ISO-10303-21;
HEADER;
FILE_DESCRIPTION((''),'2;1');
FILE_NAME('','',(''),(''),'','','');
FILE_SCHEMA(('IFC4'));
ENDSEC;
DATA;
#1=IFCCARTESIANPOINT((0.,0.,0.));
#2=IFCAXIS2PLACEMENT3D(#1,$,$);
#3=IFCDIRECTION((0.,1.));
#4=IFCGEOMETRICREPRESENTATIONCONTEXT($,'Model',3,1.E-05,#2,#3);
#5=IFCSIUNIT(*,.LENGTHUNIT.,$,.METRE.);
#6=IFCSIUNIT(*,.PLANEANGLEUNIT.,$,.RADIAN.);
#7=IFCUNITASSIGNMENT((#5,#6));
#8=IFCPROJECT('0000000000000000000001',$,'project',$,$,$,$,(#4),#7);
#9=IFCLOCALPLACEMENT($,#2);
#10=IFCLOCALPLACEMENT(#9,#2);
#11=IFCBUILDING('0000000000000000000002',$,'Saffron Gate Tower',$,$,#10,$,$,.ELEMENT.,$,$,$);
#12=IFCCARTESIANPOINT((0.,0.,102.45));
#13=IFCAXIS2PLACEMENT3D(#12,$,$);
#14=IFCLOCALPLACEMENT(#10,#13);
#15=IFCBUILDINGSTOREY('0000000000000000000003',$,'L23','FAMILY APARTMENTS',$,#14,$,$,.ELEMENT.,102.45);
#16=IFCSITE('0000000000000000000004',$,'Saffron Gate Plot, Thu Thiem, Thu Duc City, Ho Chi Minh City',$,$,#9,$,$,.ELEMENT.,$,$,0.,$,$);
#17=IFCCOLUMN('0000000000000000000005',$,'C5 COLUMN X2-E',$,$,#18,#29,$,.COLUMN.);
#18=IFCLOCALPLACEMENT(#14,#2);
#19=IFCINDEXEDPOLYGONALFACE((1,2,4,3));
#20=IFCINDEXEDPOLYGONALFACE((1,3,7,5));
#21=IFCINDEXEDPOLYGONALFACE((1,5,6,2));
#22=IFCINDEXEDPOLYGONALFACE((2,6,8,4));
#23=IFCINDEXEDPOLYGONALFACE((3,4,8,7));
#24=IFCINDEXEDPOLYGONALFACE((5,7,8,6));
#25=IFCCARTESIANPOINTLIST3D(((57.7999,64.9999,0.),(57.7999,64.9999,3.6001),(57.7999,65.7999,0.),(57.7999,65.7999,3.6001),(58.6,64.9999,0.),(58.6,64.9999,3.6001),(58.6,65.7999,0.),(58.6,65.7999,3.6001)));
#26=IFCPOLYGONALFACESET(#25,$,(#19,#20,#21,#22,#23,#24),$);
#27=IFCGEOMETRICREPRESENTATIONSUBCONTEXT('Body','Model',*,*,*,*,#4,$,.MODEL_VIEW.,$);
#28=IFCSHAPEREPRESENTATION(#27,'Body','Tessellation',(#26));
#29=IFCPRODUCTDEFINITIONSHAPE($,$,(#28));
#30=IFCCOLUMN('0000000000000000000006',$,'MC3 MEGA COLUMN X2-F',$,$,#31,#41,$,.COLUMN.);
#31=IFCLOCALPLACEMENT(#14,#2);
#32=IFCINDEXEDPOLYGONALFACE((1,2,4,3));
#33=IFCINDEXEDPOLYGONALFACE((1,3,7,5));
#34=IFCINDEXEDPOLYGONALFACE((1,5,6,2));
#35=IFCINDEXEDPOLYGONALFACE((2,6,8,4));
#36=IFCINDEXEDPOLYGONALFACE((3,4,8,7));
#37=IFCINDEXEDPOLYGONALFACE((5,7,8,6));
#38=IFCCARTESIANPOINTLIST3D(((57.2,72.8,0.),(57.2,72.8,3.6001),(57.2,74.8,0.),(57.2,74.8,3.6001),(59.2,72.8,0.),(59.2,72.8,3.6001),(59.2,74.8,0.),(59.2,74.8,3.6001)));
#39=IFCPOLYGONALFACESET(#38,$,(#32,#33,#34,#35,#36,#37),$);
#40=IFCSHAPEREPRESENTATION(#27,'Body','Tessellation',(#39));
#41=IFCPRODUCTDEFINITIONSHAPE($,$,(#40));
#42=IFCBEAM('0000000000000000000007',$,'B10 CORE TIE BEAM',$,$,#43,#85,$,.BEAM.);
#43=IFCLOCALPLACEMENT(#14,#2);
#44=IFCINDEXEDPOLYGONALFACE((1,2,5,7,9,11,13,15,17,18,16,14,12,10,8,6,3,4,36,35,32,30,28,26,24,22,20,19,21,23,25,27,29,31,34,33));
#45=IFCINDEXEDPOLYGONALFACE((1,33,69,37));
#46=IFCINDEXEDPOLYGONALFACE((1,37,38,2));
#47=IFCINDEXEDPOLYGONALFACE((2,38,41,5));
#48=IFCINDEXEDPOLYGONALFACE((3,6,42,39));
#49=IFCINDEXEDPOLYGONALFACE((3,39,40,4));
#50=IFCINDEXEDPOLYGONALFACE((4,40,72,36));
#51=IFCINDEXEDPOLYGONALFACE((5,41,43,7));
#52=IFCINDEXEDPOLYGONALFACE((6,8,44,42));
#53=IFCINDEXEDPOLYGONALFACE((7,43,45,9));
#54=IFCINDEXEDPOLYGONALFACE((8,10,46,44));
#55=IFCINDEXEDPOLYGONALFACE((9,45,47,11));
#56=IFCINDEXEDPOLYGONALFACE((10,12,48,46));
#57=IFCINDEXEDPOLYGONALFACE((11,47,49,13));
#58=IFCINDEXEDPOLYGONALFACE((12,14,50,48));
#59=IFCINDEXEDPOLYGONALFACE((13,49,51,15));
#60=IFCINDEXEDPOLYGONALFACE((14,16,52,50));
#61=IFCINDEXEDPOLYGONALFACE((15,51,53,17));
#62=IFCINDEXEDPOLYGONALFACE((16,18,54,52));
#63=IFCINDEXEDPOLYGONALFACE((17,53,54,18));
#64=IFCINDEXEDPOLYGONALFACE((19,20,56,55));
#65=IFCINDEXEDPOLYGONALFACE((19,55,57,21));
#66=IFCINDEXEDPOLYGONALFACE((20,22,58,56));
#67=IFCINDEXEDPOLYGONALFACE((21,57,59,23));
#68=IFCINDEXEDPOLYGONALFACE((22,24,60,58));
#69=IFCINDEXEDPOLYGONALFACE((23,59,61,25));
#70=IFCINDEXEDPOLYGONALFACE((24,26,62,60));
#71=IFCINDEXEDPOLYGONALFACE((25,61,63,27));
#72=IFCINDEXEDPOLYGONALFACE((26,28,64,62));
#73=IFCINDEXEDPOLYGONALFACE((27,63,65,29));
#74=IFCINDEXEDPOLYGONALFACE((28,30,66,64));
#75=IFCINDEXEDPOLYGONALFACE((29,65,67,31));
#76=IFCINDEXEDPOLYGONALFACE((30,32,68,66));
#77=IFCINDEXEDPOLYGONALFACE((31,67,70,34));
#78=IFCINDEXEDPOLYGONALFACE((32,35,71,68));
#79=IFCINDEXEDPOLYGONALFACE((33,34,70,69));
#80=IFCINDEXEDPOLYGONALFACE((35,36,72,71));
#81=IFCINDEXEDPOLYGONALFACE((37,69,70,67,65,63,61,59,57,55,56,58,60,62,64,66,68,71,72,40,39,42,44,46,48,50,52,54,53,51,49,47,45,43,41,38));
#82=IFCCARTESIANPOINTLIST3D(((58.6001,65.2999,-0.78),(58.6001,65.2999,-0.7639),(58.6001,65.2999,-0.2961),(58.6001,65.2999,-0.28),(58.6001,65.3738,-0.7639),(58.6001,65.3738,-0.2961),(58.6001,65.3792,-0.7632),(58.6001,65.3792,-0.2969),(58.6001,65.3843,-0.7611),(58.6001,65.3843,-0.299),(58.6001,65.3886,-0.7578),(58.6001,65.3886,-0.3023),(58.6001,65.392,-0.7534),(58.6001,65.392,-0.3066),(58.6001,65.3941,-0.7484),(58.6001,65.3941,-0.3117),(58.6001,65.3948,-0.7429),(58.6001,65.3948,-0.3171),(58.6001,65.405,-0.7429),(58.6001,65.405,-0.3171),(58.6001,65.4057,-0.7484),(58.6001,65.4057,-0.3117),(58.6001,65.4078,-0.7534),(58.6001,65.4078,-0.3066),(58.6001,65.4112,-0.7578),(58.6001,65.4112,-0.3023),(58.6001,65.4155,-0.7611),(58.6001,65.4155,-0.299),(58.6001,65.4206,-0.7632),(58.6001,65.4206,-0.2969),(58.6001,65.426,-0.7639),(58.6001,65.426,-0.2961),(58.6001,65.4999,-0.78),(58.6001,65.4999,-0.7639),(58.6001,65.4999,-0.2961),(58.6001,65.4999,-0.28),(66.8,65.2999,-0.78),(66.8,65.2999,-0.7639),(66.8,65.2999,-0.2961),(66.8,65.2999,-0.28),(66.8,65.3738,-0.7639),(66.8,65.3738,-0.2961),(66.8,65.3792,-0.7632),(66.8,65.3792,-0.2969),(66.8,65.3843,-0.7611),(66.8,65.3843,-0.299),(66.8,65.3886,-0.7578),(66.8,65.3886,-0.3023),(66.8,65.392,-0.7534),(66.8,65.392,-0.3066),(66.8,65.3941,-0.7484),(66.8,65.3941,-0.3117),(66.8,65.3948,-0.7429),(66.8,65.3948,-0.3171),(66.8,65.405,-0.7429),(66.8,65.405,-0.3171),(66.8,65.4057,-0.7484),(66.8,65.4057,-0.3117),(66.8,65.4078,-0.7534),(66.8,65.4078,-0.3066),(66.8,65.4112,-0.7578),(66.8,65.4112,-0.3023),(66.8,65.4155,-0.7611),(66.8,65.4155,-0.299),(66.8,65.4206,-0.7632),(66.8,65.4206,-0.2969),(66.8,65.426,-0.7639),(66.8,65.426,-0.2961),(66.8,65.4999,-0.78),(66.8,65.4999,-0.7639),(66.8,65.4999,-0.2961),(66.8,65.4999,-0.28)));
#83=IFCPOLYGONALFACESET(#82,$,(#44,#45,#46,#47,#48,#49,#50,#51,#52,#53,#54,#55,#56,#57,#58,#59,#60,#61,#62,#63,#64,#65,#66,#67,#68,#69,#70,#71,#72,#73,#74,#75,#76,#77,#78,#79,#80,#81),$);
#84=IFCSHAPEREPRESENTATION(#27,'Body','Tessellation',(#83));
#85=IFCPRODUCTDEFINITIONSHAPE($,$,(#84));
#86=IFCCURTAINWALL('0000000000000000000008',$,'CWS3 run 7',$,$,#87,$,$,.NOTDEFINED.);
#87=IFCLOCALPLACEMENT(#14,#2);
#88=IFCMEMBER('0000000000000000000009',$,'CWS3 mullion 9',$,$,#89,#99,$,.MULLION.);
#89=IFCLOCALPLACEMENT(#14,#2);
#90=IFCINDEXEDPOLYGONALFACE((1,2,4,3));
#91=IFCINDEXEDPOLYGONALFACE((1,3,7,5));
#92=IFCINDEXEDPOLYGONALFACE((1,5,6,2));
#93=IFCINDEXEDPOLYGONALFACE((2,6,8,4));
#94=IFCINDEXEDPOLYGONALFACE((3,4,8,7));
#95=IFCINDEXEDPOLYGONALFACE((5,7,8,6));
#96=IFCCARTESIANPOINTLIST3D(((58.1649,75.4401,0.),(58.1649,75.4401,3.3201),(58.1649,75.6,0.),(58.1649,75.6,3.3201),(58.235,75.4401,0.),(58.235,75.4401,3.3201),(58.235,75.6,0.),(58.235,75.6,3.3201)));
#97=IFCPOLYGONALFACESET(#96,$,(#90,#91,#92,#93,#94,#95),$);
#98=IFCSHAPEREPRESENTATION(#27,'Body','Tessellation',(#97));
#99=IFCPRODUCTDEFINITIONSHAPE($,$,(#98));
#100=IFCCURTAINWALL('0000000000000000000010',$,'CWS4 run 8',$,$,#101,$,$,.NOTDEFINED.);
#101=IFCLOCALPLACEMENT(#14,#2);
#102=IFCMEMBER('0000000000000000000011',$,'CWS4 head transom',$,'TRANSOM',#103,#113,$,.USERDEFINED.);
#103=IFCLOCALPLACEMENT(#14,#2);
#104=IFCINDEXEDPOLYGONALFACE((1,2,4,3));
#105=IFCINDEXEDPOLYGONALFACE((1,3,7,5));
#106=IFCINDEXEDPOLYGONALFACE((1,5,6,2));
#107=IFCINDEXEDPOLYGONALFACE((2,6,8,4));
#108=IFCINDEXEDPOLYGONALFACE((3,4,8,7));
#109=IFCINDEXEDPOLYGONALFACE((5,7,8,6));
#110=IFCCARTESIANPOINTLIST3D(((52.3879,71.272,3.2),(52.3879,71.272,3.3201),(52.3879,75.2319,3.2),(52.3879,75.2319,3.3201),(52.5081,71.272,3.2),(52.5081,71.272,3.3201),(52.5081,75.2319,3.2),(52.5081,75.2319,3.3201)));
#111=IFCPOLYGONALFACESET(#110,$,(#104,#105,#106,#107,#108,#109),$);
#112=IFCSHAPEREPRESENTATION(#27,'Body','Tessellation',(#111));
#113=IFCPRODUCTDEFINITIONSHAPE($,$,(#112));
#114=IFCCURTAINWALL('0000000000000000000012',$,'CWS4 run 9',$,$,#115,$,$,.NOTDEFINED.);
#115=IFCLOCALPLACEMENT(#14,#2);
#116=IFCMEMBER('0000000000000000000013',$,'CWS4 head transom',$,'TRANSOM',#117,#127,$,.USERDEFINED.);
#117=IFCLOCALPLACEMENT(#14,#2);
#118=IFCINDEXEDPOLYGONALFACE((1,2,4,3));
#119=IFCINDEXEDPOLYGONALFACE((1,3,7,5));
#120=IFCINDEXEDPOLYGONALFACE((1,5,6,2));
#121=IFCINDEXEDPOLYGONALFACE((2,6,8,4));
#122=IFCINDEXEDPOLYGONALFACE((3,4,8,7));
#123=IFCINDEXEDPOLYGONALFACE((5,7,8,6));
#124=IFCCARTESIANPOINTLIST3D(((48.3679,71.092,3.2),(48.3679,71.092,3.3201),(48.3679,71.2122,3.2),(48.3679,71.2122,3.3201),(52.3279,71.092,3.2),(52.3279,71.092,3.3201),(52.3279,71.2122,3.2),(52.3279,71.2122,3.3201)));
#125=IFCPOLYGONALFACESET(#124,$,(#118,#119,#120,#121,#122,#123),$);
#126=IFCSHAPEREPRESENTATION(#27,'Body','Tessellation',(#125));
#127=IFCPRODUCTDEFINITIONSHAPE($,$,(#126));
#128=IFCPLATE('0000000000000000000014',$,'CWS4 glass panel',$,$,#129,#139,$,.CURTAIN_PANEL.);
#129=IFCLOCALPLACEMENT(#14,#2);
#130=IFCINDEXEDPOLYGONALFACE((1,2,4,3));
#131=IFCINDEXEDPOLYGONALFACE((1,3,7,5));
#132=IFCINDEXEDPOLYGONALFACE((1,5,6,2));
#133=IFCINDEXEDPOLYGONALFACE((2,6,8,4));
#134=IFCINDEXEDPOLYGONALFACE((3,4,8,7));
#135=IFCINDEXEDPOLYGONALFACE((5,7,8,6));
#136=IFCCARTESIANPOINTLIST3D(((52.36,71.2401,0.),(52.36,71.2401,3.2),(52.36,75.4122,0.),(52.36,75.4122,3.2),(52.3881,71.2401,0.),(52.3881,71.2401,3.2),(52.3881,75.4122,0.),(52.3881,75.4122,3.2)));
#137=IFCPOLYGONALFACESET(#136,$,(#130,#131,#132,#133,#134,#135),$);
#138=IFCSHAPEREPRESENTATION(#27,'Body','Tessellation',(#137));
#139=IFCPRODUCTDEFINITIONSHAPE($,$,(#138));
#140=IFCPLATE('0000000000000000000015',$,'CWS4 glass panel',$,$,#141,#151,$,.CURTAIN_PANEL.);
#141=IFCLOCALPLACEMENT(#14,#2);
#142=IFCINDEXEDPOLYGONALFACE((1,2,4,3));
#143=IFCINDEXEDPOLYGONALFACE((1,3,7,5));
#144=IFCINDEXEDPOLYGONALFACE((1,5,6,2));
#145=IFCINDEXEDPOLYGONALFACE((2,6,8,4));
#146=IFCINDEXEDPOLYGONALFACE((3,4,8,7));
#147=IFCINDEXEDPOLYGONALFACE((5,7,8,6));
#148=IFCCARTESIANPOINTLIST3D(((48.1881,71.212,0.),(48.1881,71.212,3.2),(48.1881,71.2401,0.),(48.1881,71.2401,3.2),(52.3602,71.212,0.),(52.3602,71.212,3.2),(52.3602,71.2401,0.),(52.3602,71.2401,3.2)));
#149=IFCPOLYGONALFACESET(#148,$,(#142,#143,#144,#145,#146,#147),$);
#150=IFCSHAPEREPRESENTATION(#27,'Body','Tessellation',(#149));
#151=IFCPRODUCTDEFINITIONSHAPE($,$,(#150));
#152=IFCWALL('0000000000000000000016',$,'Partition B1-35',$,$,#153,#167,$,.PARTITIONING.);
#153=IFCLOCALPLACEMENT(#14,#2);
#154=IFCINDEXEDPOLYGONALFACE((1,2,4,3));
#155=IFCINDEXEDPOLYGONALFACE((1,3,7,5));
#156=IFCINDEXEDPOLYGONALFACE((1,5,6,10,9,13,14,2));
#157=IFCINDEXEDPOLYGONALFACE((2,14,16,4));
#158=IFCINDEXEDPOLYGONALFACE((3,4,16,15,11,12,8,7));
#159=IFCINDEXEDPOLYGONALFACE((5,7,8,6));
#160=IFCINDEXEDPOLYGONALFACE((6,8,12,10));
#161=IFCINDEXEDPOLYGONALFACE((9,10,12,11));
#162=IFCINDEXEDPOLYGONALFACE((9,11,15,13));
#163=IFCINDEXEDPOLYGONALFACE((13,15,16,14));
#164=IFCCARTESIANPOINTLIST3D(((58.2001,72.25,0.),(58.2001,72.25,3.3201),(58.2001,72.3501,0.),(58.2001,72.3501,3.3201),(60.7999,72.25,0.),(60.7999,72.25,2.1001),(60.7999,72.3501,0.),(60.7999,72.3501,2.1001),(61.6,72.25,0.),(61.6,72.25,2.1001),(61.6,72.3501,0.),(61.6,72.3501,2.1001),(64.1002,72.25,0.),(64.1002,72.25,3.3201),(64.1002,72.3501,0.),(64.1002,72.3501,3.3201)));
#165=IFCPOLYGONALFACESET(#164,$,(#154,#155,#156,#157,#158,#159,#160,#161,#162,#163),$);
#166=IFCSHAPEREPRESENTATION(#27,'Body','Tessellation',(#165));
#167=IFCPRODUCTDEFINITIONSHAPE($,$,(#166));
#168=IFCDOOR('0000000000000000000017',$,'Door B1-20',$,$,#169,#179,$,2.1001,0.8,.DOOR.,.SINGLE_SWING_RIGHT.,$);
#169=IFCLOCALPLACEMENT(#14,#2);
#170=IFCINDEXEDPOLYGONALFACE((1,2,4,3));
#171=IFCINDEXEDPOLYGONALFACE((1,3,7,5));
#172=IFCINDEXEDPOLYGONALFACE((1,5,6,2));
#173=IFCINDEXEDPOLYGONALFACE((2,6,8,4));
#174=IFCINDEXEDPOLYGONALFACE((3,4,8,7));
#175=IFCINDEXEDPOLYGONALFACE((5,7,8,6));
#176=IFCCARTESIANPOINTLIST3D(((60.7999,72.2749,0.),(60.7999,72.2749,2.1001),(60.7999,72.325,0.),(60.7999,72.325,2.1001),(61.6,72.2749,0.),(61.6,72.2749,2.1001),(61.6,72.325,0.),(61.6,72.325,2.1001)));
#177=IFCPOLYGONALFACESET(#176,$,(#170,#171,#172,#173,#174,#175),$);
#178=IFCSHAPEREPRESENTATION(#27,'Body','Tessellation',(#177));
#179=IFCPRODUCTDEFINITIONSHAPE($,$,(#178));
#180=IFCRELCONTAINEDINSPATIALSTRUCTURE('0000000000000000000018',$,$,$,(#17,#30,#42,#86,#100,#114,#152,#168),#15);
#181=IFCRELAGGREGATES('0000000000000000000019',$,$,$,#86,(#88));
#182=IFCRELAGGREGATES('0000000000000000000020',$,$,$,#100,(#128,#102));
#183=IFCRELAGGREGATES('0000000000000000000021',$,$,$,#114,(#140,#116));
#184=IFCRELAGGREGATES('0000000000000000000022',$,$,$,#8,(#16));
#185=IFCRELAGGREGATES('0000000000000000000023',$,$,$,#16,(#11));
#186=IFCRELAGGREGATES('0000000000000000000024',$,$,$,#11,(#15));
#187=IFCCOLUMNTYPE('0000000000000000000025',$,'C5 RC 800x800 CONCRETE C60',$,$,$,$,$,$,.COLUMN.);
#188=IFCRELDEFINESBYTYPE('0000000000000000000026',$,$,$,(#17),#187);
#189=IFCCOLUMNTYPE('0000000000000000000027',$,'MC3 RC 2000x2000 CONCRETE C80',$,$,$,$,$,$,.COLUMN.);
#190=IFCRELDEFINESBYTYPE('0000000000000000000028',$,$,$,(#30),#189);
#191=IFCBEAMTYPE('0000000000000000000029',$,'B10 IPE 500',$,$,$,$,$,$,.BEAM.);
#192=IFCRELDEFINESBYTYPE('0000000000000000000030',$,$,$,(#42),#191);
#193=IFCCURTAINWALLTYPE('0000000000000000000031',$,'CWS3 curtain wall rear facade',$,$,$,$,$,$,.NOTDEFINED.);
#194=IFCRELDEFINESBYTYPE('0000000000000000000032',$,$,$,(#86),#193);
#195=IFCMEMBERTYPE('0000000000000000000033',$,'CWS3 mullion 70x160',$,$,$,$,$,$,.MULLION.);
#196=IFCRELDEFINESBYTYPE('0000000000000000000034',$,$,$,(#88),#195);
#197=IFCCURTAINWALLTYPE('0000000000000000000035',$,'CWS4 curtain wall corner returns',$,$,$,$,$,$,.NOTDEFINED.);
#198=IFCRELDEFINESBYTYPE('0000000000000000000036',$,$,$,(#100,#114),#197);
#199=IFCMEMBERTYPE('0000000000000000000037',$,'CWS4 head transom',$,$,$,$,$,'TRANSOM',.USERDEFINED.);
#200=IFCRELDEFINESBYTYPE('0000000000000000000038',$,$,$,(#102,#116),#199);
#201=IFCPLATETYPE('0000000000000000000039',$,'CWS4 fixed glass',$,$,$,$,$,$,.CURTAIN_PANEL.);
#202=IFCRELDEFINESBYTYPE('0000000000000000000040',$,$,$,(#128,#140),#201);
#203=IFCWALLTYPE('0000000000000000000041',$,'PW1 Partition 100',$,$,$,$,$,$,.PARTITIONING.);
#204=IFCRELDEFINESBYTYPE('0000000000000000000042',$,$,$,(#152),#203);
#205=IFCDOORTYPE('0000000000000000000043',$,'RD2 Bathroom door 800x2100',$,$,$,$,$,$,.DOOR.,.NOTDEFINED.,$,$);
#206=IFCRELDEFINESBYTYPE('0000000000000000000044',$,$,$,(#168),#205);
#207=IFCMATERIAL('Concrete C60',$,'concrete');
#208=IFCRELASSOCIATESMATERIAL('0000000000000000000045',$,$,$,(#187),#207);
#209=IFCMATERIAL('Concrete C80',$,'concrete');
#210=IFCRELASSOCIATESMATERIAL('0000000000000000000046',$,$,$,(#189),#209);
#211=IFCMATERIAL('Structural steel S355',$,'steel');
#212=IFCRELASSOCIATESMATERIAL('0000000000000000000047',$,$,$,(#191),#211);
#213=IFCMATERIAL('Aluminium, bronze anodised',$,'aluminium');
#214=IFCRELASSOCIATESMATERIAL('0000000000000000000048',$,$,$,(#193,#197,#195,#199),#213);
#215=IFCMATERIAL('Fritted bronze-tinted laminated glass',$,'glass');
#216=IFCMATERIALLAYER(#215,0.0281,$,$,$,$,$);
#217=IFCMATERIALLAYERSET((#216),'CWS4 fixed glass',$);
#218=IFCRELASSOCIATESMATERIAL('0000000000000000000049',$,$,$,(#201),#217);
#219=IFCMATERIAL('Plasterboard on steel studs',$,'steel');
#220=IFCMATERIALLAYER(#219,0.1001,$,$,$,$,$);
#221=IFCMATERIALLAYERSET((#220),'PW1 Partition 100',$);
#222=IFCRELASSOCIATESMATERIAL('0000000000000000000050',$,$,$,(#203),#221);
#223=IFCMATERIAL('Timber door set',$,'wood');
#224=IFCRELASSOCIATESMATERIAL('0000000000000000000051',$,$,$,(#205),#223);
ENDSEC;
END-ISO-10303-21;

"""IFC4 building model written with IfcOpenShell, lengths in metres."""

from ifc_helpers import new_model, si_unit, direction, frame, frame_2d, origin, origin_2d, place, context, subcontext, project, spatial, rectangle, i_section, extrude, material, layer, layer_set, material_profile, profile_set, type_object, element, fill, aggregate, save


model = new_model("IFC4")

# Units and contexts
model_context = context("Model", 3, precision=1e-05, world=origin(), true_north=direction((0.0, 1.0)))
body_context = subcontext(model_context, "Body", "Model", "MODEL_VIEW")
ifc_project = project(units=[si_unit("LENGTHUNIT", "METRE"), si_unit("PLANEANGLEUNIT", "RADIAN")], contexts=[model_context])

# Site, building, storey
site_placement = place(None, origin())
site = spatial("IfcSite", under=ifc_project, at=site_placement, Name="Saffron Gate Plot, Thu Thiem, Thu Duc City, Ho Chi Minh City", CompositionType="ELEMENT", RefElevation=0.0)
building_placement = place(site_placement, origin())
building = spatial("IfcBuilding", under=site, at=building_placement, Name="Saffron Gate Tower", CompositionType="ELEMENT")
storey_placement = place(building_placement, frame((0.0, 0.0, 102.45)))
storey = spatial("IfcBuildingStorey", under=building, at=storey_placement, Name="L23", Description="FAMILY APARTMENTS", CompositionType="ELEMENT", Elevation=102.45)

# Columns
ifc_material_1 = material(Name="Concrete C60", Category="concrete")
ifc_material_profile_1 = material_profile(ifc_material_1, rectangle(XDim=0.8, YDim=0.8, at=origin_2d()))
ifc_profile_set_1 = profile_set([ifc_material_profile_1], Name="Concrete C60")
column_type_1 = type_object("IfcColumnType", Name="C5 RC 800x800 CONCRETE C60", PredefinedType="COLUMN", material=ifc_profile_set_1)
column_1_placement = place(storey_placement, frame((58.2, 65.3999, 0.0), z_axis=(0.0, 0.0, 1.0), x_axis=(1.0, 0.0, 0.0)))
element("IfcColumn", 1, at=column_1_placement, inside=storey, type_object=column_type_1, Name="C5 COLUMN X2-E", PredefinedType="COLUMN", context=body_context, shape_type="SweptSolid", body=[
    extrude(rectangle(XDim=0.8, YDim=0.8, at=origin_2d()), origin(), (0.0, 0.0, 1.0), 3.6001),
])
ifc_material_2 = material(Name="Concrete C80", Category="concrete")
ifc_material_profile_2 = material_profile(ifc_material_2, rectangle(XDim=2.0, YDim=2.0, at=origin_2d()))
ifc_profile_set_2 = profile_set([ifc_material_profile_2], Name="Concrete C80")
column_type_2 = type_object("IfcColumnType", Name="MC3 RC 2000x2000 CONCRETE C80", PredefinedType="COLUMN", material=ifc_profile_set_2)
column_2_placement = place(storey_placement, frame((58.2, 73.8, 0.0), z_axis=(0.0, 0.0, 1.0), x_axis=(1.0, 0.0, 0.0)))
element("IfcColumn", 2, at=column_2_placement, inside=storey, type_object=column_type_2, Name="MC3 MEGA COLUMN X2-F", PredefinedType="COLUMN", context=body_context, shape_type="SweptSolid", body=[
    extrude(rectangle(XDim=2.0, YDim=2.0, at=origin_2d()), origin(), (0.0, 0.0, 1.0), 3.6001),
])

# Beam
ifc_material_3 = material(Name="Structural steel S355", Category="steel")
ifc_material_profile_3 = material_profile(ifc_material_3, i_section(OverallWidth=0.2, OverallDepth=0.5, WebThickness=0.0103, FlangeThickness=0.0161, FilletRadius=0.021, at=origin_2d()))
ifc_profile_set_3 = profile_set([ifc_material_profile_3], Name="Structural steel S355")
beam_type = type_object("IfcBeamType", Name="B10 IPE 500", PredefinedType="BEAM", material=ifc_profile_set_3)
beam_placement = place(storey_placement, frame((58.6001, 65.3999, -0.53), z_axis=(1.0, 0.0, 0.0), x_axis=(0.0, 1.0, 0.0)))
element("IfcBeam", 3, at=beam_placement, inside=storey, type_object=beam_type, Name="B10 CORE TIE BEAM", PredefinedType="BEAM", context=body_context, shape_type="SweptSolid", body=[
    extrude(i_section(OverallWidth=0.2, OverallDepth=0.5, WebThickness=0.0103, FlangeThickness=0.0161, FilletRadius=0.021, at=origin_2d()), origin(), (0.0, 0.0, 1.0), 8.2),
])

# Curtain walls, members
ifc_material_4 = material(Name="Aluminium, bronze anodised", Category="aluminium")
curtain_wall_type_1 = type_object("IfcCurtainWallType", Name="CWS3 curtain wall rear facade", PredefinedType="NOTDEFINED", material=ifc_material_4)
curtain_wall_1_placement = place(storey_placement, origin())
curtain_wall_1 = element("IfcCurtainWall", 4, at=curtain_wall_1_placement, inside=storey, type_object=curtain_wall_type_1, Name="CWS3 run 7", PredefinedType="NOTDEFINED")
ifc_material_profile_4 = material_profile(ifc_material_4, rectangle(XDim=0.1599, YDim=0.0701, at=origin_2d()))
ifc_profile_set_4 = profile_set([ifc_material_profile_4], Name="Aluminium, bronze anodised")
member_type_1 = type_object("IfcMemberType", Name="CWS3 mullion 70x160", PredefinedType="MULLION", material=ifc_profile_set_4)
member_1_placement = place(storey_placement, frame((58.2, 75.52, 0.0), z_axis=(0.0, 0.0, 1.0), x_axis=(0.0, -1.0, 0.0)))
member_1 = element("IfcMember", 5, at=member_1_placement, type_object=member_type_1, Name="CWS3 mullion 9", PredefinedType="MULLION", context=body_context, shape_type="SweptSolid", body=[
    extrude(rectangle(XDim=0.1599, YDim=0.0701, at=origin_2d()), origin(), (0.0, 0.0, 1.0), 3.3201),
])
aggregate(curtain_wall_1, [member_1])
curtain_wall_type_2 = type_object("IfcCurtainWallType", Name="CWS4 curtain wall corner returns", PredefinedType="NOTDEFINED", material=ifc_material_4)
curtain_wall_2_placement = place(storey_placement, origin())
curtain_wall_2 = element("IfcCurtainWall", 6, at=curtain_wall_2_placement, inside=storey, type_object=curtain_wall_type_2, Name="CWS4 run 8", PredefinedType="NOTDEFINED")
ifc_material_profile_5 = material_profile(ifc_material_4, rectangle(XDim=0.1201, YDim=0.1201, at=origin_2d()))
ifc_profile_set_5 = profile_set([ifc_material_profile_5], Name="Aluminium, bronze anodised")
member_type_2 = type_object("IfcMemberType", Name="CWS4 head transom", ElementType="TRANSOM", PredefinedType="USERDEFINED", material=ifc_profile_set_5)
member_2_placement = place(storey_placement, frame((52.448, 75.2319, 3.26), z_axis=(0.0, -1.0, 0.0), x_axis=(1.0, 0.0, 0.0)))
member_2 = element("IfcMember", 7, at=member_2_placement, type_object=member_type_2, Name="CWS4 head transom", ObjectType="TRANSOM", PredefinedType="USERDEFINED", context=body_context, shape_type="SweptSolid", body=[
    extrude(rectangle(XDim=0.1201, YDim=0.1201, at=origin_2d()), origin(), (0.0, 0.0, 1.0), 3.96),
])
curtain_wall_3_placement = place(storey_placement, origin())
curtain_wall_3 = element("IfcCurtainWall", 8, at=curtain_wall_3_placement, inside=storey, type_object=curtain_wall_type_2, Name="CWS4 run 9", PredefinedType="NOTDEFINED")
member_3_placement = place(storey_placement, frame((52.3279, 71.1521, 3.26), z_axis=(-1.0, 0.0, 0.0), x_axis=(0.0, -1.0, 0.0)))
member_3 = element("IfcMember", 9, at=member_3_placement, type_object=member_type_2, Name="CWS4 head transom", ObjectType="TRANSOM", PredefinedType="USERDEFINED", context=body_context, shape_type="SweptSolid", body=[
    extrude(rectangle(XDim=0.1201, YDim=0.1201, at=origin_2d()), origin(), (0.0, 0.0, 1.0), 3.96),
])

# Plates
ifc_material_5 = material(Name="Fritted bronze-tinted laminated glass", Category="glass")
ifc_layer_1 = layer(ifc_material_5, 0.0281)
ifc_layer_set_1 = layer_set([ifc_layer_1], Name="CWS4 fixed glass")
plate_type = type_object("IfcPlateType", Name="CWS4 fixed glass", PredefinedType="CURTAIN_PANEL", material=ifc_layer_set_1)
plate_1_placement = place(storey_placement, frame((52.374, 75.4121, 0.0), z_axis=(0.0, 0.0, 1.0), x_axis=(0.0, -1.0, 0.0)))
plate_1 = element("IfcPlate", 10, at=plate_1_placement, type_object=plate_type, Name="CWS4 glass panel", PredefinedType="CURTAIN_PANEL", context=body_context, shape_type="SweptSolid", body=[
    extrude(rectangle(XDim=4.1721, YDim=0.0281, at=frame_2d((2.0859, 0.0))), origin(), (0.0, 0.0, 1.0), 3.2),
])
aggregate(curtain_wall_2, [plate_1, member_2])
plate_2_placement = place(storey_placement, frame((52.3601, 71.2261, 0.0), z_axis=(0.0, 0.0, 1.0), x_axis=(-1.0, 0.0, 0.0)))
plate_2 = element("IfcPlate", 11, at=plate_2_placement, type_object=plate_type, Name="CWS4 glass panel", PredefinedType="CURTAIN_PANEL", context=body_context, shape_type="SweptSolid", body=[
    extrude(rectangle(XDim=4.1721, YDim=0.0281, at=frame_2d((2.0859, 0.0))), origin(), (0.0, 0.0, 1.0), 3.2),
])
aggregate(curtain_wall_3, [plate_2, member_3])

# Wall, opening, door
ifc_material_6 = material(Name="Plasterboard on steel studs", Category="steel")
ifc_layer_2 = layer(ifc_material_6, 0.1001)
ifc_layer_set_2 = layer_set([ifc_layer_2], Name="PW1 Partition 100")
wall_type_1 = type_object("IfcWallType", Name="PW1 Partition 100", PredefinedType="PARTITIONING", material=ifc_layer_set_2)
wall_1_placement = place(storey_placement, frame((58.2, 72.3, 0.0), z_axis=(0.0, 0.0, 1.0), x_axis=(1.0, 0.0, 0.0)))
wall_1 = element("IfcWall", 12, at=wall_1_placement, inside=storey, type_object=wall_type_1, Name="Partition B1-35", PredefinedType="PARTITIONING", context=body_context, shape_type="SweptSolid", body=[
    extrude(rectangle(XDim=5.9001, YDim=0.1001, at=frame_2d((2.9502, 0.0))), origin(), (0.0, 0.0, 1.0), 3.3201),
])
opening_placement = place(wall_1_placement, frame((2.6001, 0.0, 0.0)))
opening = element("IfcOpeningElement", 13, at=opening_placement, cuts=wall_1, PredefinedType="OPENING", context=body_context, shape_type="SweptSolid", body=[
    extrude(rectangle(XDim=0.8, YDim=2.1001, at=frame_2d((0.3999, 1.05))), frame((0.0, 0.0601, 0.0), z_axis=(0.0, -1.0, 0.0), x_axis=(1.0, 0.0, 0.0)), (0.0, 0.0, 1.0), 0.1201),
])
ifc_material_7 = material(Name="Timber door set", Category="wood")
door_type = type_object("IfcDoorType", Name="RD2 Bathroom door 800x2100", OperationType="NOTDEFINED", PredefinedType="DOOR", material=ifc_material_7)
door_placement = place(opening_placement, origin())
door = element("IfcDoor", 14, at=door_placement, inside=storey, type_object=door_type, Name="Door B1-20", OperationType="SINGLE_SWING_RIGHT", OverallHeight=2.1001, OverallWidth=0.8, PredefinedType="DOOR", context=body_context, shape_type="SweptSolid", body=[
    extrude(rectangle(XDim=0.8, YDim=2.1001, at=frame_2d((0.3999, 1.05))), frame((0.0, 0.0249, 0.0), z_axis=(0.0, -1.0, 0.0), x_axis=(1.0, 0.0, 0.0)), (0.0, 0.0, 1.0), 0.05),
])
fill(opening, door)

save(model, "model.ifc")
